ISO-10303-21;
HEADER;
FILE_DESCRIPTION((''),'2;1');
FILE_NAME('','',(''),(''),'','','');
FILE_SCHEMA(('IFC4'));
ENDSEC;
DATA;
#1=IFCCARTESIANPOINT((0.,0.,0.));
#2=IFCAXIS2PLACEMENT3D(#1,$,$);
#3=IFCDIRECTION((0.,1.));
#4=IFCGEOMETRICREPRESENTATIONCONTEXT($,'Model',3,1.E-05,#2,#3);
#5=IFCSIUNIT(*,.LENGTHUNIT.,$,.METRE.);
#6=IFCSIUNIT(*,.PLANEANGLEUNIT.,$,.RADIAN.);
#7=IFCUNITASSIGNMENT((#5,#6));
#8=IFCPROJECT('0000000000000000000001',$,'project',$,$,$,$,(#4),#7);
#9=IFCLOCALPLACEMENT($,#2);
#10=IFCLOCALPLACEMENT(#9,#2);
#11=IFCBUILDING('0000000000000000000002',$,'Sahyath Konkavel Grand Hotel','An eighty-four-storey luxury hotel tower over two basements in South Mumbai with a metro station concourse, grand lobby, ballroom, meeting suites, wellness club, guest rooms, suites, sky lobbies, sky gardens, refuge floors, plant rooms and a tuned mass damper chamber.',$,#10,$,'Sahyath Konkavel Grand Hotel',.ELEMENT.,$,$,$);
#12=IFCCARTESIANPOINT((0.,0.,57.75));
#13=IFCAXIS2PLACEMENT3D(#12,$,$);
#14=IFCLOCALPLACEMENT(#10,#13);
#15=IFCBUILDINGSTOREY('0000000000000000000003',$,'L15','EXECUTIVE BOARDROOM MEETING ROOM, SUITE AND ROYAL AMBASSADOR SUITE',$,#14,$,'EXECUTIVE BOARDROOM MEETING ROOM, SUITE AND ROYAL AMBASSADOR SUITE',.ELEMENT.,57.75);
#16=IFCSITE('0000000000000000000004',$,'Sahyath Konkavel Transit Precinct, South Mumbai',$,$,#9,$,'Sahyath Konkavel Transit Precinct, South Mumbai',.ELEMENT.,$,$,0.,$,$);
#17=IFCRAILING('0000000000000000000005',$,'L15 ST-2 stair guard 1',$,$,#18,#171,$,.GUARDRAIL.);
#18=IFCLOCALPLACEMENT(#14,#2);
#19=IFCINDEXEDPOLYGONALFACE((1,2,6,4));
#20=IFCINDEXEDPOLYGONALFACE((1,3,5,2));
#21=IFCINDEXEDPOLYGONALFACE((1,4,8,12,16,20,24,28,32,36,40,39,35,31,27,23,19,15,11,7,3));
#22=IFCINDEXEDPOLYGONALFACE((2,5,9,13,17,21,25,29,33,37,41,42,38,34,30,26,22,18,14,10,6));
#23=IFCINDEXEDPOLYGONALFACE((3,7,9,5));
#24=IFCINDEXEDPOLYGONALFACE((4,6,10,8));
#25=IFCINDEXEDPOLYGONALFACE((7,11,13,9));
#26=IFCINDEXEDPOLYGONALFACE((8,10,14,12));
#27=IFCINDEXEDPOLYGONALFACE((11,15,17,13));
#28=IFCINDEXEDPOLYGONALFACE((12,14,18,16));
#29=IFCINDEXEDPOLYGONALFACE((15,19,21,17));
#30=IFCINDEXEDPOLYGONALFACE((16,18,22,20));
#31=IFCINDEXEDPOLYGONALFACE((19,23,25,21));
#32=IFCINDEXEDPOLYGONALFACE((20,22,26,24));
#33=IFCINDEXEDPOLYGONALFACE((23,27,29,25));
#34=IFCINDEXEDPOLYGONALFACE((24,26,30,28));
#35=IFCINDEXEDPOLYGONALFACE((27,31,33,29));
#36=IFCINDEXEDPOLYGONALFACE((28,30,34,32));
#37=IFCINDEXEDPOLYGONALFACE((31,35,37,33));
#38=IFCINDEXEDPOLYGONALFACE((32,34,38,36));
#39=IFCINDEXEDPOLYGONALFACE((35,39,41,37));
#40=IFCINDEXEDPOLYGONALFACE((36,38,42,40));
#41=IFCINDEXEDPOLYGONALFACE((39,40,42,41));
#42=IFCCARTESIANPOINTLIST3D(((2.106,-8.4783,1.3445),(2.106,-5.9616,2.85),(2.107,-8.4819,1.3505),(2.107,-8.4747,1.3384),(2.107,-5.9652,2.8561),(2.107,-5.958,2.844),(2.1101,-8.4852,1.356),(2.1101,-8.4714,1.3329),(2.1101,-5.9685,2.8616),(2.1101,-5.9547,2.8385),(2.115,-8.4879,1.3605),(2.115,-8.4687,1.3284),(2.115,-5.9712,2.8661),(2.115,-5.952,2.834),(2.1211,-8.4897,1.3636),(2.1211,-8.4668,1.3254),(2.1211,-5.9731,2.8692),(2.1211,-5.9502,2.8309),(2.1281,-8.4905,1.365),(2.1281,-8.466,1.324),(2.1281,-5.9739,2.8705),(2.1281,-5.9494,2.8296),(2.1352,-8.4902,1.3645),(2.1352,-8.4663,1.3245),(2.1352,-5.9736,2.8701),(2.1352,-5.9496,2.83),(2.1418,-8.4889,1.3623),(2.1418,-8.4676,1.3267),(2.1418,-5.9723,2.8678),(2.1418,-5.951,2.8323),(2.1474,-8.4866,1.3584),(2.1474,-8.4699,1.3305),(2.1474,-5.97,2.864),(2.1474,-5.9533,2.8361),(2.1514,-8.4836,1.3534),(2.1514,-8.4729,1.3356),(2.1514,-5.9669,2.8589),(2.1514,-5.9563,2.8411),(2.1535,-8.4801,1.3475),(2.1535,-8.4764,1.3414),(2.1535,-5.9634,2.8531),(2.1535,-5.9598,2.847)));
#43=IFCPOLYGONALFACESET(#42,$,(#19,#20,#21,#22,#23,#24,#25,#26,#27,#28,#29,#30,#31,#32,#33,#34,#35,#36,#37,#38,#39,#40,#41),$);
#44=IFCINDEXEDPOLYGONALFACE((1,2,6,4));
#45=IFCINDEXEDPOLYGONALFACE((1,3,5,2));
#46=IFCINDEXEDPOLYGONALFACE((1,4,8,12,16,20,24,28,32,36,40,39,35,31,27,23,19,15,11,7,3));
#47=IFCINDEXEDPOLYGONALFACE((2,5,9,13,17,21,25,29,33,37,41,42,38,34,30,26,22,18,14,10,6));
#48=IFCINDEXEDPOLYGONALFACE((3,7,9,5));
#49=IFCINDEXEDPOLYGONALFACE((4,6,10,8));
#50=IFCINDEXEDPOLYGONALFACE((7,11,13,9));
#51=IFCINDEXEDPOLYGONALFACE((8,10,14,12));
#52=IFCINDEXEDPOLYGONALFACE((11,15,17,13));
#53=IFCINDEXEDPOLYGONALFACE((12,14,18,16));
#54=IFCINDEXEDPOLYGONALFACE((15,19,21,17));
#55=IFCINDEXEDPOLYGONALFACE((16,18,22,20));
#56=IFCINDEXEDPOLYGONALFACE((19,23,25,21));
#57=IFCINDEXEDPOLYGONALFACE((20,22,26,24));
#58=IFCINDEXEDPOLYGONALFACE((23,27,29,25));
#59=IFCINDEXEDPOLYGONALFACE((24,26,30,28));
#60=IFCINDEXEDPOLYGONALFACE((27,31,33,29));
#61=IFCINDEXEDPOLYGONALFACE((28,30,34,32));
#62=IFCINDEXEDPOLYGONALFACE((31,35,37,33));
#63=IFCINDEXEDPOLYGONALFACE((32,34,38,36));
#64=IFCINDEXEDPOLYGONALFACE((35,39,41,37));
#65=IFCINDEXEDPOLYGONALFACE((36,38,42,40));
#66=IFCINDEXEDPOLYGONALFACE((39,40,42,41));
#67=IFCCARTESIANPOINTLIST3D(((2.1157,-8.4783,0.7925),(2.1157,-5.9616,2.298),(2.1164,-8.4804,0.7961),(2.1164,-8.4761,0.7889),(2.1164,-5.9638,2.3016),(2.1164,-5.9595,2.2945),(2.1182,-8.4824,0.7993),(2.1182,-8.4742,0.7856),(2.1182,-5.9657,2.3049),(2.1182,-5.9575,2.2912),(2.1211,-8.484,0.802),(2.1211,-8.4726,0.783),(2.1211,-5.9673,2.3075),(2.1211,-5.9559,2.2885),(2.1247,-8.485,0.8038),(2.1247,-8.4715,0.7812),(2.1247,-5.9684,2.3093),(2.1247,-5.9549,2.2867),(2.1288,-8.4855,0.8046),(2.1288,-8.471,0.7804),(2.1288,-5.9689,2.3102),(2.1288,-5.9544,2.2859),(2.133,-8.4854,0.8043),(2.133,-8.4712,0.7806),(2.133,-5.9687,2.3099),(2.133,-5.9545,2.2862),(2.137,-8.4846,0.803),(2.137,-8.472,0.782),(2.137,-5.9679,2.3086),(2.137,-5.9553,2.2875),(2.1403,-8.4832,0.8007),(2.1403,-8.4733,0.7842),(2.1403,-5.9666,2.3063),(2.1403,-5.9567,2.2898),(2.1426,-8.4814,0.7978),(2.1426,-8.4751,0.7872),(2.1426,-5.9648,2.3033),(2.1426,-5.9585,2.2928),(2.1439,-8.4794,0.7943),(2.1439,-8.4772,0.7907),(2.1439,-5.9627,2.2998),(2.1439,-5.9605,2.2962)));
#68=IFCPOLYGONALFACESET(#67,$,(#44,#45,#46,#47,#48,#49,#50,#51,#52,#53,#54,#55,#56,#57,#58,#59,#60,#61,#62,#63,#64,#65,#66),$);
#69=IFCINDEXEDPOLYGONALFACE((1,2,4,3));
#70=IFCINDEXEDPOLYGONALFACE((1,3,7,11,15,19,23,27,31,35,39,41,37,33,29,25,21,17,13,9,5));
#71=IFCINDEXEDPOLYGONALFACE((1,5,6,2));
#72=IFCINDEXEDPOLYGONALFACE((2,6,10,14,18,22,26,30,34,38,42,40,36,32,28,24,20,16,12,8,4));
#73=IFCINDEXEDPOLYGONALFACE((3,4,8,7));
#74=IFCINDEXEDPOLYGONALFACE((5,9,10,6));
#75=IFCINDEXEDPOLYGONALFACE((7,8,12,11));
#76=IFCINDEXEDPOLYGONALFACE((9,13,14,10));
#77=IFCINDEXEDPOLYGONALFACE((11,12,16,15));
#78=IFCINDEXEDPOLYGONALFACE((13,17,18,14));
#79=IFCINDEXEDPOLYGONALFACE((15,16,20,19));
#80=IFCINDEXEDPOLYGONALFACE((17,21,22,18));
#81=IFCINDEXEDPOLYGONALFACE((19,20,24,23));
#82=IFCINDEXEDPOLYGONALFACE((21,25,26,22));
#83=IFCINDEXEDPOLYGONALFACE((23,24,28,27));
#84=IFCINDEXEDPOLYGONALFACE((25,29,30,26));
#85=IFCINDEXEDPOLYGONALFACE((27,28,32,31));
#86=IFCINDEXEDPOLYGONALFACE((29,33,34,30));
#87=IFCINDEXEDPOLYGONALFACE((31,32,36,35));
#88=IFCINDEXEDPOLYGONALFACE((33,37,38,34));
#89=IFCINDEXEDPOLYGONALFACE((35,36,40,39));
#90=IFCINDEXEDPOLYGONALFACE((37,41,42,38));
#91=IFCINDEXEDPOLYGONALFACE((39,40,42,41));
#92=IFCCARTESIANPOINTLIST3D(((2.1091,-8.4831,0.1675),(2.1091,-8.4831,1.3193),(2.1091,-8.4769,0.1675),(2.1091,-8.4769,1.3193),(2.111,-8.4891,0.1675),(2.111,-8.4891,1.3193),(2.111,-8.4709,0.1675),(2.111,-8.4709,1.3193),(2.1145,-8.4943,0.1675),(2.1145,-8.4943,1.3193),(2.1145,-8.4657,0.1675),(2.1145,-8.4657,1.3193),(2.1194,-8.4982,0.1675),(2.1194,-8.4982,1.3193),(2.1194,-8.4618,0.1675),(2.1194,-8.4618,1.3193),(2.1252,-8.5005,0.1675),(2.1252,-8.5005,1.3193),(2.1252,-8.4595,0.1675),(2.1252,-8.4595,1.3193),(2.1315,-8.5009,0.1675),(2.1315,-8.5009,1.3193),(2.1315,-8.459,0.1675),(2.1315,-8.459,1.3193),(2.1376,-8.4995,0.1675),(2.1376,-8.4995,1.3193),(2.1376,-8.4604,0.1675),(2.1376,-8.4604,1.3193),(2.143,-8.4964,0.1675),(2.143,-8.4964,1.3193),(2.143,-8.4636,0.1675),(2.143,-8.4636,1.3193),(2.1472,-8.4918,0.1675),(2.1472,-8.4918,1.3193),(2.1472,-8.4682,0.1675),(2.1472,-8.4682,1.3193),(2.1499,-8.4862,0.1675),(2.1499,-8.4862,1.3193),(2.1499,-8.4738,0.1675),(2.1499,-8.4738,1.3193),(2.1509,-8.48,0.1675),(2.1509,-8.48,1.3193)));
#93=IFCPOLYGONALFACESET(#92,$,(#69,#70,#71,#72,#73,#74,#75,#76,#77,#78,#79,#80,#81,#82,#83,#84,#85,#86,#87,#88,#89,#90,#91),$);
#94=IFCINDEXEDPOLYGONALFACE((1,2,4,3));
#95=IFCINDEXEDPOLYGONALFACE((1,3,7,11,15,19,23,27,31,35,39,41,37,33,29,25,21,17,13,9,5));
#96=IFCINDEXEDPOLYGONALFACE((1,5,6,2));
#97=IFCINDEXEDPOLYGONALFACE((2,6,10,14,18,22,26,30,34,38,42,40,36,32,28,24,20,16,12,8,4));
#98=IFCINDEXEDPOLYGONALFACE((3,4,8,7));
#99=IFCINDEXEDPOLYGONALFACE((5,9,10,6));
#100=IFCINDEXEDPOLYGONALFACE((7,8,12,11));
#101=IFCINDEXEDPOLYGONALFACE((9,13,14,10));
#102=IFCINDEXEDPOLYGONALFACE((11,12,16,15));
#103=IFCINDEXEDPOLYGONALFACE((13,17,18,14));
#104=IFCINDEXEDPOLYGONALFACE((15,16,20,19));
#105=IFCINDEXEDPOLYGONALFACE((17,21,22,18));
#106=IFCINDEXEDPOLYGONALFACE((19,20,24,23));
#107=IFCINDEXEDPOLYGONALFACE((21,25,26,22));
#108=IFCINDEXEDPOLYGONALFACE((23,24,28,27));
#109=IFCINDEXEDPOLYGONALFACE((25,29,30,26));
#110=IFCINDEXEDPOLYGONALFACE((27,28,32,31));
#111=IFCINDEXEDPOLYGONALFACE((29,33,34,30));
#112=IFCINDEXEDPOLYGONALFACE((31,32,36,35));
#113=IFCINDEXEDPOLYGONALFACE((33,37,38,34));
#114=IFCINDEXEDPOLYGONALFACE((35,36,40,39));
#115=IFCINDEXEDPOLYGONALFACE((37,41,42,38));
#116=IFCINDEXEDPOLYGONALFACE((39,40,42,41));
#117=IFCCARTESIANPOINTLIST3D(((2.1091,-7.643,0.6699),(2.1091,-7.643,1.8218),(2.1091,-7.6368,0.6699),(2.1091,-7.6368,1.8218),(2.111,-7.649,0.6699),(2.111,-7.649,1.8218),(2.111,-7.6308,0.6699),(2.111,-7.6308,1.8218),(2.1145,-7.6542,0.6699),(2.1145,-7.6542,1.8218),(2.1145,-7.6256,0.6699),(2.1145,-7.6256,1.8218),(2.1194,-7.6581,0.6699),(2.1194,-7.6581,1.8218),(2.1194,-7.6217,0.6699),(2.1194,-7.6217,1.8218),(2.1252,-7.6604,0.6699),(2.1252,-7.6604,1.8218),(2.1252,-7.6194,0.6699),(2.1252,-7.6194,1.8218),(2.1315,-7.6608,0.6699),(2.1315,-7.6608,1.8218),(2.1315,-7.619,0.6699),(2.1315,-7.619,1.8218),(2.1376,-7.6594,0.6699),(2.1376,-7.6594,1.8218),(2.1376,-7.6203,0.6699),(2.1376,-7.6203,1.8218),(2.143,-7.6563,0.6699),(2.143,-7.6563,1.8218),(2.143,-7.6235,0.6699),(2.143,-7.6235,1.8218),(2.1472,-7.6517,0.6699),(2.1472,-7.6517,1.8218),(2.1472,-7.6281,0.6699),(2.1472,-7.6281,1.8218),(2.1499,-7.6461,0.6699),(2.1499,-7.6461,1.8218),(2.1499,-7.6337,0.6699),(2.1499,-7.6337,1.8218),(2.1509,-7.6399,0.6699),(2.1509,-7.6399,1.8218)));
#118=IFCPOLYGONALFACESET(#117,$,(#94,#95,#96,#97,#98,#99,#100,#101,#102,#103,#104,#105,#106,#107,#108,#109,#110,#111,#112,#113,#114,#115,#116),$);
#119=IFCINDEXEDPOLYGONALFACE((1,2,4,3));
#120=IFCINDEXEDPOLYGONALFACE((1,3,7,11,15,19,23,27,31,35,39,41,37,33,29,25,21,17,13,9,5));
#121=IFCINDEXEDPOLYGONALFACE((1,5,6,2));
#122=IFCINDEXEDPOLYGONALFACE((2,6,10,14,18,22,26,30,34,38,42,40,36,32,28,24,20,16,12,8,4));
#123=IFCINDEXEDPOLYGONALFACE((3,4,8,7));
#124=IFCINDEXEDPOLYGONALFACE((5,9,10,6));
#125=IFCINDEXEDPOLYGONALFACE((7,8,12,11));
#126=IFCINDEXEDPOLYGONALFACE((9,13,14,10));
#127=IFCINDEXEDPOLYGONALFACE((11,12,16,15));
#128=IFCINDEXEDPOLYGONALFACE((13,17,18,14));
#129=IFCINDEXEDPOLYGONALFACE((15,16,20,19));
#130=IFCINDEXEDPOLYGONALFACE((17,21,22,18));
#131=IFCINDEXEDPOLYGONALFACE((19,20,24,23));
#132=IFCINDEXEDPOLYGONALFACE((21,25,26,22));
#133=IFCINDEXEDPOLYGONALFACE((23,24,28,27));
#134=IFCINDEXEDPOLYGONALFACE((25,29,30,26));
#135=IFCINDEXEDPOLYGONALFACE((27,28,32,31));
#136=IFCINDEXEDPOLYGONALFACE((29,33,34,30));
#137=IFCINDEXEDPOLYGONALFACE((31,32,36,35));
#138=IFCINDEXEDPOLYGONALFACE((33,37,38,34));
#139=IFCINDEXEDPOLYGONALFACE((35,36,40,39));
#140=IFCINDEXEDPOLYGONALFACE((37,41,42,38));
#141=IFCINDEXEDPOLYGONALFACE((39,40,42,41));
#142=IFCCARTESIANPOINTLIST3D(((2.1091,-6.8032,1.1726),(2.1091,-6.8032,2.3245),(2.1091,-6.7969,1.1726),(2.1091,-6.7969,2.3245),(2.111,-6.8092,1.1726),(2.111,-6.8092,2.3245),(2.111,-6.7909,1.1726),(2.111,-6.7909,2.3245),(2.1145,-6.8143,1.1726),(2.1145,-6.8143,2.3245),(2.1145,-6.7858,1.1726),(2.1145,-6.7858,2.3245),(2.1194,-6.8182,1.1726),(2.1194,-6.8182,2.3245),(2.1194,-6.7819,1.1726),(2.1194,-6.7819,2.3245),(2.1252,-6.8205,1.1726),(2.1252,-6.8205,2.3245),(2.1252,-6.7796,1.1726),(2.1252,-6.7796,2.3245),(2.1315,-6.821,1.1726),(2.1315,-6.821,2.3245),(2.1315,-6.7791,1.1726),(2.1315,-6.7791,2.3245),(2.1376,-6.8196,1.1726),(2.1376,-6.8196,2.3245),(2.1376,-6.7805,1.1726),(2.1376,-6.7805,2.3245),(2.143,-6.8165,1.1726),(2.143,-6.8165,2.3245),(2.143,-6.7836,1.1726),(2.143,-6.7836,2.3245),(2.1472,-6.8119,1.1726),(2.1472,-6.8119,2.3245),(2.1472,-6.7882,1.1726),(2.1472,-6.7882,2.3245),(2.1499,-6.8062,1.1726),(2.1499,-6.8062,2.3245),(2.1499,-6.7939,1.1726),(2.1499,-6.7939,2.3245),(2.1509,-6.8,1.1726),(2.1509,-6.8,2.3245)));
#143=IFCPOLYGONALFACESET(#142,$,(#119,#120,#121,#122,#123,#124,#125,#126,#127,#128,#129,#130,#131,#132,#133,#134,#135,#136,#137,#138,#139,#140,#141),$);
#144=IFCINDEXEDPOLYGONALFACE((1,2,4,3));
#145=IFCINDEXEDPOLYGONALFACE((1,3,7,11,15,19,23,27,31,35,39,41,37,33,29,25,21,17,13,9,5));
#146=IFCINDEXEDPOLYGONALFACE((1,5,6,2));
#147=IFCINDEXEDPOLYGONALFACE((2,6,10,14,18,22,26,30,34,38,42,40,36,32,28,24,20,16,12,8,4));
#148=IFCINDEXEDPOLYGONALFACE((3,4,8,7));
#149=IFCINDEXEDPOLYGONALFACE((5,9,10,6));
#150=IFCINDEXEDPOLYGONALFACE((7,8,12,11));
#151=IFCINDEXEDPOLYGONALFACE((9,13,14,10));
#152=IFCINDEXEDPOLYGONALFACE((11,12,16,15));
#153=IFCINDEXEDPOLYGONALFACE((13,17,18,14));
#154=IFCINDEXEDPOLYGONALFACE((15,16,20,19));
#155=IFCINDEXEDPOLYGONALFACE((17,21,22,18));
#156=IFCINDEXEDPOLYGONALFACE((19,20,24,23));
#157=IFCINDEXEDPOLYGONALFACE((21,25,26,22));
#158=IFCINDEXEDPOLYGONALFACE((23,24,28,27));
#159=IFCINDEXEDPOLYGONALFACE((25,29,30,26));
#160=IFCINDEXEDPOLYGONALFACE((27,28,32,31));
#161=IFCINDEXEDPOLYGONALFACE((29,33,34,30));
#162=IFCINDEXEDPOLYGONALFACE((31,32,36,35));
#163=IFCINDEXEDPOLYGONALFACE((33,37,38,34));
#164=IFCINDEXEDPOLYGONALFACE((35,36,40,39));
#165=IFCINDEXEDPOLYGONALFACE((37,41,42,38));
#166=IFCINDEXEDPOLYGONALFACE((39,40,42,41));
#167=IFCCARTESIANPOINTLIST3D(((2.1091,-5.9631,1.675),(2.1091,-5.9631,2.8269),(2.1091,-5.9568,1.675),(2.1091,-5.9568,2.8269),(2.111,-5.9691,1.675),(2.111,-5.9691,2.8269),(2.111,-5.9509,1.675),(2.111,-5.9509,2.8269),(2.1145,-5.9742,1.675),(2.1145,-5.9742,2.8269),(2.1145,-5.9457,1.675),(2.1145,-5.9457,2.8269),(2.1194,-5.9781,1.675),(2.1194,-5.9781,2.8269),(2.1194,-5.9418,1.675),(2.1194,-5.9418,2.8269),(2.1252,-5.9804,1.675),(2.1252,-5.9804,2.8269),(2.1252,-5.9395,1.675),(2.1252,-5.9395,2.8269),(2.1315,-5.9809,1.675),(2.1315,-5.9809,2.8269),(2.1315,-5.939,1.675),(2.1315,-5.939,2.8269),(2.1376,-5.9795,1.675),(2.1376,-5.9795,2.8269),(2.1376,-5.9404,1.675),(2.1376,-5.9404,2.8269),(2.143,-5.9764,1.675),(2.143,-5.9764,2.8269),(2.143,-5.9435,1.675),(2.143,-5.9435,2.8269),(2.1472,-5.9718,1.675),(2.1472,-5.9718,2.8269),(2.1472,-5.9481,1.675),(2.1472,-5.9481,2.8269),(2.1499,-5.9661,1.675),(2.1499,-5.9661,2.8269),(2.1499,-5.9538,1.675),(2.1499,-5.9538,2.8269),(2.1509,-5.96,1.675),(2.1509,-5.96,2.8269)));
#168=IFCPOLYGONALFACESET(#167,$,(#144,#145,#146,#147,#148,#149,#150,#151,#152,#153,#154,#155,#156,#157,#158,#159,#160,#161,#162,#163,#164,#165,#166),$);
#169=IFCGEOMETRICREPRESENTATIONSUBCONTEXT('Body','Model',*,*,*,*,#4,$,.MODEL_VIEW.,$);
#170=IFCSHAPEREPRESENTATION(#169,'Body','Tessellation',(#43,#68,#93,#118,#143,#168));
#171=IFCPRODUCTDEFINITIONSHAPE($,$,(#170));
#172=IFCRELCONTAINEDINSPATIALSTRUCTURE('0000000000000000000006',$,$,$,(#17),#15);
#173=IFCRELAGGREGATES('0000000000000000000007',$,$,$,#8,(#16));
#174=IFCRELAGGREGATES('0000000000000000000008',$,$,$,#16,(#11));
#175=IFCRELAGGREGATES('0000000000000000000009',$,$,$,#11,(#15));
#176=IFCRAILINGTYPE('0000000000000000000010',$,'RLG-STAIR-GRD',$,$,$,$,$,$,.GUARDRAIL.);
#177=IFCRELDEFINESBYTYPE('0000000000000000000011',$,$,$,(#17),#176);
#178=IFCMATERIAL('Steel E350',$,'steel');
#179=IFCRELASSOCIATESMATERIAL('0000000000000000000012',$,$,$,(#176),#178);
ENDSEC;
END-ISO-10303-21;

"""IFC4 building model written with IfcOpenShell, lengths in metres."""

from ifc_helpers import new_model, si_unit, direction, frame, origin, origin_2d, place, context, subcontext, project, spatial, circle, extrude, material, type_object, element, save


model = new_model("IFC4")

# Units and contexts
model_context = context("Model", 3, precision=1e-05, world=origin(), true_north=direction((0.0, 1.0)))
body_context = subcontext(model_context, "Body", "Model", "MODEL_VIEW")
ifc_project = project(units=[si_unit("LENGTHUNIT", "METRE"), si_unit("PLANEANGLEUNIT", "RADIAN")], contexts=[model_context])

# Site, building, storey
site_placement = place(None, origin())
site = spatial("IfcSite", under=ifc_project, at=site_placement, Name="Sahyath Konkavel Transit Precinct, South Mumbai", LongName="Sahyath Konkavel Transit Precinct, South Mumbai", CompositionType="ELEMENT", RefElevation=0.0)
building_placement = place(site_placement, origin())
building = spatial("IfcBuilding", under=site, at=building_placement, Name="Sahyath Konkavel Grand Hotel", Description="An eighty-four-storey luxury hotel tower over two basements in South Mumbai with a metro station concourse, grand lobby, ballroom, meeting suites, wellness club, guest rooms, suites, sky lobbies, sky gardens, refuge floors, plant rooms and a tuned mass damper chamber.", LongName="Sahyath Konkavel Grand Hotel", CompositionType="ELEMENT")
storey_placement = place(building_placement, frame((0.0, 0.0, 57.75)))
storey = spatial("IfcBuildingStorey", under=building, at=storey_placement, Name="L15", Description="EXECUTIVE BOARDROOM MEETING ROOM, SUITE AND ROYAL AMBASSADOR SUITE", LongName="EXECUTIVE BOARDROOM MEETING ROOM, SUITE AND ROYAL AMBASSADOR SUITE", CompositionType="ELEMENT", Elevation=57.75)

# Shared definitions
ifc_material_1 = material(Name="Steel E350", Category="steel")

# Railing
railing_type_1 = type_object("IfcRailingType", Name="RLG-STAIR-GRD", PredefinedType="GUARDRAIL", material=ifc_material_1)
railing_1_placement = place(storey_placement, frame((2.1299, -8.48, 0.1675)))
element("IfcRailing", 1, at=railing_1_placement, inside=storey, type_object=railing_type_1, Name="L15 ST-2 stair guard 1", PredefinedType="GUARDRAIL", context=body_context, shape_type="SweptSolid", body=[
    extrude(circle(Radius=0.0239, at=origin_2d()), frame((0.0, 0.0017, 1.177), z_axis=(0.0, 0.85816, 0.513383), x_axis=(-1.0, 0.0, 0.0)), (0.0, 0.0, 1.0), 2.9326),
    extrude(circle(Radius=0.0142, at=origin_2d()), frame((0.0, 0.0017, 0.625), z_axis=(0.0, 0.85816, 0.513383), x_axis=(-1.0, 0.0, 0.0)), (0.0, 0.0, 1.0), 2.9326),
    extrude(circle(Radius=0.021, at=origin_2d()), origin(), (0.0, 0.0, 1.0), 1.1519),
    extrude(circle(Radius=0.021, at=origin_2d()), frame((0.0, 0.8401, 0.5024)), (0.0, 0.0, 1.0), 1.1519),
    extrude(circle(Radius=0.021, at=origin_2d()), frame((0.0, 1.6799, 1.0051)), (0.0, 0.0, 1.0), 1.1519),
    extrude(circle(Radius=0.021, at=origin_2d()), frame((0.0, 2.52, 1.5076)), (0.0, 0.0, 1.0), 1.1519),
])

save(model, "model.ifc")
